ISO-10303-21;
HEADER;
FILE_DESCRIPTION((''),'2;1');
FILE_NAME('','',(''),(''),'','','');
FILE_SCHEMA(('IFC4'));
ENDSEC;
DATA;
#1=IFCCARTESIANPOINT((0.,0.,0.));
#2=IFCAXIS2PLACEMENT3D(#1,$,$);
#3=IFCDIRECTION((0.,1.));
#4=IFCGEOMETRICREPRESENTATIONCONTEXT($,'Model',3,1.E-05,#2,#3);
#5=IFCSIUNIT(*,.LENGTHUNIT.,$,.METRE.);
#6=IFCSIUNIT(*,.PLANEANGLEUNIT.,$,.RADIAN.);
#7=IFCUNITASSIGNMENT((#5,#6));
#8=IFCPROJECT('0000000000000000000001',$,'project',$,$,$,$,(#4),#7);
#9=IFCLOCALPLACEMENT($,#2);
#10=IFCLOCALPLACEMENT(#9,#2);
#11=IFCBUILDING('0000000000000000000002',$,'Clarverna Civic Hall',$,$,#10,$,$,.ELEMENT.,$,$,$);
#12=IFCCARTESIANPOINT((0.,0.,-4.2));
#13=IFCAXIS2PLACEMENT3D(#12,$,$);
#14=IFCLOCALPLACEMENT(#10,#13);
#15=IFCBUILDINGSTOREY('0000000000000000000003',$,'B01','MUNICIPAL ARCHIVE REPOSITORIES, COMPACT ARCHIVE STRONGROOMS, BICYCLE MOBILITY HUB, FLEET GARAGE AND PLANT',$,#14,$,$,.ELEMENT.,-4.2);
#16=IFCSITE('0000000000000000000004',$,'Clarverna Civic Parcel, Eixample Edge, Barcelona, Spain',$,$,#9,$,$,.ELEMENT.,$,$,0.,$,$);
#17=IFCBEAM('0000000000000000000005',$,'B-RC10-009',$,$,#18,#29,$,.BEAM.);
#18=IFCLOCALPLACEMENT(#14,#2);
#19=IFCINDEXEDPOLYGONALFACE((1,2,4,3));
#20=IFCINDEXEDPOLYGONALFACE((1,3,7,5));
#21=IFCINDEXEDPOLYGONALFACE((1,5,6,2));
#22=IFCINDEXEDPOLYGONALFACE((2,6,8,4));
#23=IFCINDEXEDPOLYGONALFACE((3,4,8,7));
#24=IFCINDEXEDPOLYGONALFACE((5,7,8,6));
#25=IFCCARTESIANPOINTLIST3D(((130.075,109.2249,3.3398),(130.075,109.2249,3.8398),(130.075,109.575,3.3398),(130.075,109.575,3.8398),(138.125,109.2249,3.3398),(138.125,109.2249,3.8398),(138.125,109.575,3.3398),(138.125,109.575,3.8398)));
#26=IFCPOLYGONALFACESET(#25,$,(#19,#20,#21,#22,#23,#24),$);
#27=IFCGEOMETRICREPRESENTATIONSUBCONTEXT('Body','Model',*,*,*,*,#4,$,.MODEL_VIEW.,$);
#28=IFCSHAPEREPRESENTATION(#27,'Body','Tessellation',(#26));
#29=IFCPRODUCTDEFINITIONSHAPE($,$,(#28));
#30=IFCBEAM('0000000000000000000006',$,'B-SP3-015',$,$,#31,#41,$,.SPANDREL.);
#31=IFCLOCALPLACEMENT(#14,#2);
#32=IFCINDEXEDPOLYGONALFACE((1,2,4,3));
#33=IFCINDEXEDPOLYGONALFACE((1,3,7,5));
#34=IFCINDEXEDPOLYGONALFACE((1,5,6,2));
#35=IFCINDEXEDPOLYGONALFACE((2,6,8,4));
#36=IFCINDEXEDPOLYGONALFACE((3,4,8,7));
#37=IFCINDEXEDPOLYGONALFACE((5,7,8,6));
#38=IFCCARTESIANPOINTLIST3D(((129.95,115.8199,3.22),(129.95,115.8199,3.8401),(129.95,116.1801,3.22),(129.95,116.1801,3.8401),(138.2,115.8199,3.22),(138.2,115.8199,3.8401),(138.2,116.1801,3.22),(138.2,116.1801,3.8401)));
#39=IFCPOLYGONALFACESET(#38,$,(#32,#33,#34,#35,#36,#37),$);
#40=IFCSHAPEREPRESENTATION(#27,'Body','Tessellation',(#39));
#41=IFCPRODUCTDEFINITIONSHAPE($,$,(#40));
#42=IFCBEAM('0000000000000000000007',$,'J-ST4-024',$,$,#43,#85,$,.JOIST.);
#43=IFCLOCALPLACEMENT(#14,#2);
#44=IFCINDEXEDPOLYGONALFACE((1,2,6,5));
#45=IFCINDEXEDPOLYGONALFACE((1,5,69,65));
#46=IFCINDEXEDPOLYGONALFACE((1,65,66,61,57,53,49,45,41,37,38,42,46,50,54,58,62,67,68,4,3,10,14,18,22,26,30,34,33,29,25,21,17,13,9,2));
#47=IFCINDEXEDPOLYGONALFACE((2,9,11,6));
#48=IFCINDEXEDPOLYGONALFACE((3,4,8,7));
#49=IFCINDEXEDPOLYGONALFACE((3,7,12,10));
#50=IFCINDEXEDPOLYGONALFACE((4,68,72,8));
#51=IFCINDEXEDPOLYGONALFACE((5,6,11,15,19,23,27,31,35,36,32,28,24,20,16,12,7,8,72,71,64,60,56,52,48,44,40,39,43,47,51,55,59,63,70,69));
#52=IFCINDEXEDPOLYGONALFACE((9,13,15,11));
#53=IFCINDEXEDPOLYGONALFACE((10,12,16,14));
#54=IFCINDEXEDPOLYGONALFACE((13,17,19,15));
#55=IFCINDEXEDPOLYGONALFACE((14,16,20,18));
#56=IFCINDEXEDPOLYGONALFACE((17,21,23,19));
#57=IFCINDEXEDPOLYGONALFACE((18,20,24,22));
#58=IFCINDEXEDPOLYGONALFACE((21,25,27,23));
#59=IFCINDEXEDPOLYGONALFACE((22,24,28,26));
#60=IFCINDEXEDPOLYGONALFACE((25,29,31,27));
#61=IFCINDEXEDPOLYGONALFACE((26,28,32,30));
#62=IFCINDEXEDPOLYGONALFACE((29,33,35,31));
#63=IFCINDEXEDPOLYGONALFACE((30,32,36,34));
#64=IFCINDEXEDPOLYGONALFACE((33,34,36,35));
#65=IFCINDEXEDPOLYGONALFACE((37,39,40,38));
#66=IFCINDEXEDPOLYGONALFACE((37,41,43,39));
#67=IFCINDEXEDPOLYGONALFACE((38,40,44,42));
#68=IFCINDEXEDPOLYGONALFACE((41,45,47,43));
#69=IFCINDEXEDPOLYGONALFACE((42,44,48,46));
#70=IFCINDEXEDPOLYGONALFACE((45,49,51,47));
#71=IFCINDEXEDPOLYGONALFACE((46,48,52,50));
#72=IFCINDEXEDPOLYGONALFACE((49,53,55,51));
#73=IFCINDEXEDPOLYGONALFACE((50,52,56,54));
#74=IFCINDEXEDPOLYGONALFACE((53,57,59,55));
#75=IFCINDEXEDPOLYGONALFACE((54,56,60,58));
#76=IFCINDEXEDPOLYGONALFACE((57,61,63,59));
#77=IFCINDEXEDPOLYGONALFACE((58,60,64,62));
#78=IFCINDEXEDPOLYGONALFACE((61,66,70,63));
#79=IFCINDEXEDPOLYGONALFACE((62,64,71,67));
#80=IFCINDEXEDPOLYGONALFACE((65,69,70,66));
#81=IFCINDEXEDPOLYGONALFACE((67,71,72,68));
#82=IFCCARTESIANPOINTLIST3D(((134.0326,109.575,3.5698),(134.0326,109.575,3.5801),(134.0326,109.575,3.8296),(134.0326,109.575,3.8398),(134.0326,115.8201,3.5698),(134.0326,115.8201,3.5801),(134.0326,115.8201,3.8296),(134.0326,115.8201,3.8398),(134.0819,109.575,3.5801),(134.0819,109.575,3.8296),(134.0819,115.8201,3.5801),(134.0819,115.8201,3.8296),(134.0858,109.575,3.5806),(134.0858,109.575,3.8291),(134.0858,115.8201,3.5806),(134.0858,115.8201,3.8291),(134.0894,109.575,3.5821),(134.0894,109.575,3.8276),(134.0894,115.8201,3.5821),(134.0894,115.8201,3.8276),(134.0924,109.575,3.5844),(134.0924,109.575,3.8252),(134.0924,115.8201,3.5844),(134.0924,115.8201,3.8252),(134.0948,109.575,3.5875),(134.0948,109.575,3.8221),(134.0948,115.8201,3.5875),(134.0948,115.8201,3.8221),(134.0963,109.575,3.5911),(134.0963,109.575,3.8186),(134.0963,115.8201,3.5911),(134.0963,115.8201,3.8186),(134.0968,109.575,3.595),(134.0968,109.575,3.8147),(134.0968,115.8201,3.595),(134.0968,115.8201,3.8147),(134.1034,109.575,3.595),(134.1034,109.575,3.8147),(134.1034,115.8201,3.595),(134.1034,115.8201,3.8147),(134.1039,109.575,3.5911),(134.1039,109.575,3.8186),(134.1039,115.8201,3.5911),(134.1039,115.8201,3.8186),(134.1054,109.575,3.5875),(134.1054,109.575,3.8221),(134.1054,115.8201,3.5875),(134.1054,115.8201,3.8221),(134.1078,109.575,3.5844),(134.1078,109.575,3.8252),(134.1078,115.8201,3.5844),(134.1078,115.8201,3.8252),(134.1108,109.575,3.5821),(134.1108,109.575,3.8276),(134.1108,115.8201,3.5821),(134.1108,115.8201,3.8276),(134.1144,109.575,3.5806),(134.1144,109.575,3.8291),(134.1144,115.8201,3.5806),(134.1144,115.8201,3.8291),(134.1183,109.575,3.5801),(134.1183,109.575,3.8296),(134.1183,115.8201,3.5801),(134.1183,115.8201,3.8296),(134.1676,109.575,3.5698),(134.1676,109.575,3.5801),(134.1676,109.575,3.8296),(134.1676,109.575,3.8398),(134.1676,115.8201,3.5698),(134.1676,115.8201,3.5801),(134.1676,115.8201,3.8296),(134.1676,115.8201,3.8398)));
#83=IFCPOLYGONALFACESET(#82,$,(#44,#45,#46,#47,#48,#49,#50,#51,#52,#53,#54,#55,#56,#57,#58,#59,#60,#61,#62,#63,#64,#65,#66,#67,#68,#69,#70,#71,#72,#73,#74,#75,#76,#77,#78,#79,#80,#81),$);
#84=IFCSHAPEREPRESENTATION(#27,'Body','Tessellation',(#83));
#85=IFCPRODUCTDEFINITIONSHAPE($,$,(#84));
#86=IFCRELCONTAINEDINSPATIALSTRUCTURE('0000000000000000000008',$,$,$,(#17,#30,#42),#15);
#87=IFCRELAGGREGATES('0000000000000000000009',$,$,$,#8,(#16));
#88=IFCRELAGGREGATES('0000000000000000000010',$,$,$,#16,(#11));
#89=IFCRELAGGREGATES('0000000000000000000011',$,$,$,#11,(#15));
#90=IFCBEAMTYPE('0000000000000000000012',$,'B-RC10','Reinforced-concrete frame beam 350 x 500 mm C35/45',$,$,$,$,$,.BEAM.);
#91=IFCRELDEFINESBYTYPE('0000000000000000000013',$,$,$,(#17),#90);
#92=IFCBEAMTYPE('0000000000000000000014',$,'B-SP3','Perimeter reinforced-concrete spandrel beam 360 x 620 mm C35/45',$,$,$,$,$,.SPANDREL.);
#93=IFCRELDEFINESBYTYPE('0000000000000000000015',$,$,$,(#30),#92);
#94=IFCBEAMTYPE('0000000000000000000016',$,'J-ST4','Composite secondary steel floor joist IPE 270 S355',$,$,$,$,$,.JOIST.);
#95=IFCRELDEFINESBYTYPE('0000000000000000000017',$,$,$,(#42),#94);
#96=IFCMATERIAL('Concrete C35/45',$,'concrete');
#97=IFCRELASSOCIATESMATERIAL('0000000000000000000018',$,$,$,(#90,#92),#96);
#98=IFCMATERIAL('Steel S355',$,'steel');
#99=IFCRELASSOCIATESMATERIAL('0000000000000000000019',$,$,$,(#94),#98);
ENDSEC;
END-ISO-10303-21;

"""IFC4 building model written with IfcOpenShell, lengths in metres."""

from ifc_helpers import new_model, si_unit, direction, frame, origin, origin_2d, place, context, subcontext, project, spatial, rectangle, i_section, extrude, material, material_profile, profile_set, type_object, element, save


model = new_model("IFC4")

# Units and contexts
model_context = context("Model", 3, precision=1e-05, world=origin(), true_north=direction((0.0, 1.0)))
body_context = subcontext(model_context, "Body", "Model", "MODEL_VIEW")
ifc_project = project(units=[si_unit("LENGTHUNIT", "METRE"), si_unit("PLANEANGLEUNIT", "RADIAN")], contexts=[model_context])

# Site, building, storey
site_placement = place(None, origin())
site = spatial("IfcSite", under=ifc_project, at=site_placement, Name="Clarverna Civic Parcel, Eixample Edge, Barcelona, Spain", CompositionType="ELEMENT", RefElevation=0.0)
building_placement = place(site_placement, origin())
building = spatial("IfcBuilding", under=site, at=building_placement, Name="Clarverna Civic Hall", CompositionType="ELEMENT")
storey_placement = place(building_placement, frame((0.0, 0.0, -4.2)))
storey = spatial("IfcBuildingStorey", under=building, at=storey_placement, Name="B01", Description="MUNICIPAL ARCHIVE REPOSITORIES, COMPACT ARCHIVE STRONGROOMS, BICYCLE MOBILITY HUB, FLEET GARAGE AND PLANT", CompositionType="ELEMENT", Elevation=-4.2)

# Beams
ifc_material_1 = material(Name="Concrete C35/45", Category="concrete")
ifc_material_profile_1 = material_profile(ifc_material_1, rectangle(XDim=0.3501, YDim=0.5, at=origin_2d()), Name="RC 350x500")
ifc_profile_set_1 = profile_set([ifc_material_profile_1], Name="Concrete C35/45")
beam_type_1 = type_object("IfcBeamType", Name="B-RC10", Description="Reinforced-concrete frame beam 350 x 500 mm C35/45", PredefinedType="BEAM", material=ifc_profile_set_1)
beam_1_placement = place(storey_placement, frame((130.075, 109.3999, 3.5898), z_axis=(1.0, 0.0, 0.0), x_axis=(0.0, 1.0, 0.0)))
element("IfcBeam", 1, at=beam_1_placement, inside=storey, type_object=beam_type_1, Name="B-RC10-009", PredefinedType="BEAM", context=body_context, shape_type="SweptSolid", body=[
    extrude(rectangle(XDim=0.3501, YDim=0.5, at=origin_2d()), origin(), (0.0, 0.0, 1.0), 8.05),
])
ifc_material_profile_2 = material_profile(ifc_material_1, rectangle(XDim=0.3601, YDim=0.6201, at=origin_2d()), Name="RC 360x620")
ifc_profile_set_2 = profile_set([ifc_material_profile_2], Name="Concrete C35/45")
beam_type_2 = type_object("IfcBeamType", Name="B-SP3", Description="Perimeter reinforced-concrete spandrel beam 360 x 620 mm C35/45", PredefinedType="SPANDREL", material=ifc_profile_set_2)
beam_2_placement = place(storey_placement, frame((129.95, 116.0, 3.53), z_axis=(1.0, 0.0, 0.0), x_axis=(0.0, 1.0, 0.0)))
element("IfcBeam", 2, at=beam_2_placement, inside=storey, type_object=beam_type_2, Name="B-SP3-015", PredefinedType="SPANDREL", context=body_context, shape_type="SweptSolid", body=[
    extrude(rectangle(XDim=0.3601, YDim=0.6201, at=origin_2d()), origin(), (0.0, 0.0, 1.0), 8.25),
])
ifc_material_2 = material(Name="Steel S355", Category="steel")
ifc_material_profile_3 = material_profile(ifc_material_2, i_section(OverallWidth=0.135, OverallDepth=0.27, WebThickness=0.0066, FlangeThickness=0.0103, FilletRadius=0.0149, at=origin_2d()), Name="IPE 270")
ifc_profile_set_3 = profile_set([ifc_material_profile_3], Name="Steel S355")
beam_type_3 = type_object("IfcBeamType", Name="J-ST4", Description="Composite secondary steel floor joist IPE 270 S355", PredefinedType="JOIST", material=ifc_profile_set_3)
beam_3_placement = place(storey_placement, frame((134.1001, 109.575, 3.7048), z_axis=(0.0, 1.0, 0.0), x_axis=(-1.0, 0.0, 0.0)))
element("IfcBeam", 3, at=beam_3_placement, inside=storey, type_object=beam_type_3, Name="J-ST4-024", PredefinedType="JOIST", context=body_context, shape_type="SweptSolid", body=[
    extrude(i_section(OverallWidth=0.135, OverallDepth=0.27, WebThickness=0.0066, FlangeThickness=0.0103, FilletRadius=0.0149, at=origin_2d()), origin(), (0.0, 0.0, 1.0), 6.2451),
])

save(model, "model.ifc")
